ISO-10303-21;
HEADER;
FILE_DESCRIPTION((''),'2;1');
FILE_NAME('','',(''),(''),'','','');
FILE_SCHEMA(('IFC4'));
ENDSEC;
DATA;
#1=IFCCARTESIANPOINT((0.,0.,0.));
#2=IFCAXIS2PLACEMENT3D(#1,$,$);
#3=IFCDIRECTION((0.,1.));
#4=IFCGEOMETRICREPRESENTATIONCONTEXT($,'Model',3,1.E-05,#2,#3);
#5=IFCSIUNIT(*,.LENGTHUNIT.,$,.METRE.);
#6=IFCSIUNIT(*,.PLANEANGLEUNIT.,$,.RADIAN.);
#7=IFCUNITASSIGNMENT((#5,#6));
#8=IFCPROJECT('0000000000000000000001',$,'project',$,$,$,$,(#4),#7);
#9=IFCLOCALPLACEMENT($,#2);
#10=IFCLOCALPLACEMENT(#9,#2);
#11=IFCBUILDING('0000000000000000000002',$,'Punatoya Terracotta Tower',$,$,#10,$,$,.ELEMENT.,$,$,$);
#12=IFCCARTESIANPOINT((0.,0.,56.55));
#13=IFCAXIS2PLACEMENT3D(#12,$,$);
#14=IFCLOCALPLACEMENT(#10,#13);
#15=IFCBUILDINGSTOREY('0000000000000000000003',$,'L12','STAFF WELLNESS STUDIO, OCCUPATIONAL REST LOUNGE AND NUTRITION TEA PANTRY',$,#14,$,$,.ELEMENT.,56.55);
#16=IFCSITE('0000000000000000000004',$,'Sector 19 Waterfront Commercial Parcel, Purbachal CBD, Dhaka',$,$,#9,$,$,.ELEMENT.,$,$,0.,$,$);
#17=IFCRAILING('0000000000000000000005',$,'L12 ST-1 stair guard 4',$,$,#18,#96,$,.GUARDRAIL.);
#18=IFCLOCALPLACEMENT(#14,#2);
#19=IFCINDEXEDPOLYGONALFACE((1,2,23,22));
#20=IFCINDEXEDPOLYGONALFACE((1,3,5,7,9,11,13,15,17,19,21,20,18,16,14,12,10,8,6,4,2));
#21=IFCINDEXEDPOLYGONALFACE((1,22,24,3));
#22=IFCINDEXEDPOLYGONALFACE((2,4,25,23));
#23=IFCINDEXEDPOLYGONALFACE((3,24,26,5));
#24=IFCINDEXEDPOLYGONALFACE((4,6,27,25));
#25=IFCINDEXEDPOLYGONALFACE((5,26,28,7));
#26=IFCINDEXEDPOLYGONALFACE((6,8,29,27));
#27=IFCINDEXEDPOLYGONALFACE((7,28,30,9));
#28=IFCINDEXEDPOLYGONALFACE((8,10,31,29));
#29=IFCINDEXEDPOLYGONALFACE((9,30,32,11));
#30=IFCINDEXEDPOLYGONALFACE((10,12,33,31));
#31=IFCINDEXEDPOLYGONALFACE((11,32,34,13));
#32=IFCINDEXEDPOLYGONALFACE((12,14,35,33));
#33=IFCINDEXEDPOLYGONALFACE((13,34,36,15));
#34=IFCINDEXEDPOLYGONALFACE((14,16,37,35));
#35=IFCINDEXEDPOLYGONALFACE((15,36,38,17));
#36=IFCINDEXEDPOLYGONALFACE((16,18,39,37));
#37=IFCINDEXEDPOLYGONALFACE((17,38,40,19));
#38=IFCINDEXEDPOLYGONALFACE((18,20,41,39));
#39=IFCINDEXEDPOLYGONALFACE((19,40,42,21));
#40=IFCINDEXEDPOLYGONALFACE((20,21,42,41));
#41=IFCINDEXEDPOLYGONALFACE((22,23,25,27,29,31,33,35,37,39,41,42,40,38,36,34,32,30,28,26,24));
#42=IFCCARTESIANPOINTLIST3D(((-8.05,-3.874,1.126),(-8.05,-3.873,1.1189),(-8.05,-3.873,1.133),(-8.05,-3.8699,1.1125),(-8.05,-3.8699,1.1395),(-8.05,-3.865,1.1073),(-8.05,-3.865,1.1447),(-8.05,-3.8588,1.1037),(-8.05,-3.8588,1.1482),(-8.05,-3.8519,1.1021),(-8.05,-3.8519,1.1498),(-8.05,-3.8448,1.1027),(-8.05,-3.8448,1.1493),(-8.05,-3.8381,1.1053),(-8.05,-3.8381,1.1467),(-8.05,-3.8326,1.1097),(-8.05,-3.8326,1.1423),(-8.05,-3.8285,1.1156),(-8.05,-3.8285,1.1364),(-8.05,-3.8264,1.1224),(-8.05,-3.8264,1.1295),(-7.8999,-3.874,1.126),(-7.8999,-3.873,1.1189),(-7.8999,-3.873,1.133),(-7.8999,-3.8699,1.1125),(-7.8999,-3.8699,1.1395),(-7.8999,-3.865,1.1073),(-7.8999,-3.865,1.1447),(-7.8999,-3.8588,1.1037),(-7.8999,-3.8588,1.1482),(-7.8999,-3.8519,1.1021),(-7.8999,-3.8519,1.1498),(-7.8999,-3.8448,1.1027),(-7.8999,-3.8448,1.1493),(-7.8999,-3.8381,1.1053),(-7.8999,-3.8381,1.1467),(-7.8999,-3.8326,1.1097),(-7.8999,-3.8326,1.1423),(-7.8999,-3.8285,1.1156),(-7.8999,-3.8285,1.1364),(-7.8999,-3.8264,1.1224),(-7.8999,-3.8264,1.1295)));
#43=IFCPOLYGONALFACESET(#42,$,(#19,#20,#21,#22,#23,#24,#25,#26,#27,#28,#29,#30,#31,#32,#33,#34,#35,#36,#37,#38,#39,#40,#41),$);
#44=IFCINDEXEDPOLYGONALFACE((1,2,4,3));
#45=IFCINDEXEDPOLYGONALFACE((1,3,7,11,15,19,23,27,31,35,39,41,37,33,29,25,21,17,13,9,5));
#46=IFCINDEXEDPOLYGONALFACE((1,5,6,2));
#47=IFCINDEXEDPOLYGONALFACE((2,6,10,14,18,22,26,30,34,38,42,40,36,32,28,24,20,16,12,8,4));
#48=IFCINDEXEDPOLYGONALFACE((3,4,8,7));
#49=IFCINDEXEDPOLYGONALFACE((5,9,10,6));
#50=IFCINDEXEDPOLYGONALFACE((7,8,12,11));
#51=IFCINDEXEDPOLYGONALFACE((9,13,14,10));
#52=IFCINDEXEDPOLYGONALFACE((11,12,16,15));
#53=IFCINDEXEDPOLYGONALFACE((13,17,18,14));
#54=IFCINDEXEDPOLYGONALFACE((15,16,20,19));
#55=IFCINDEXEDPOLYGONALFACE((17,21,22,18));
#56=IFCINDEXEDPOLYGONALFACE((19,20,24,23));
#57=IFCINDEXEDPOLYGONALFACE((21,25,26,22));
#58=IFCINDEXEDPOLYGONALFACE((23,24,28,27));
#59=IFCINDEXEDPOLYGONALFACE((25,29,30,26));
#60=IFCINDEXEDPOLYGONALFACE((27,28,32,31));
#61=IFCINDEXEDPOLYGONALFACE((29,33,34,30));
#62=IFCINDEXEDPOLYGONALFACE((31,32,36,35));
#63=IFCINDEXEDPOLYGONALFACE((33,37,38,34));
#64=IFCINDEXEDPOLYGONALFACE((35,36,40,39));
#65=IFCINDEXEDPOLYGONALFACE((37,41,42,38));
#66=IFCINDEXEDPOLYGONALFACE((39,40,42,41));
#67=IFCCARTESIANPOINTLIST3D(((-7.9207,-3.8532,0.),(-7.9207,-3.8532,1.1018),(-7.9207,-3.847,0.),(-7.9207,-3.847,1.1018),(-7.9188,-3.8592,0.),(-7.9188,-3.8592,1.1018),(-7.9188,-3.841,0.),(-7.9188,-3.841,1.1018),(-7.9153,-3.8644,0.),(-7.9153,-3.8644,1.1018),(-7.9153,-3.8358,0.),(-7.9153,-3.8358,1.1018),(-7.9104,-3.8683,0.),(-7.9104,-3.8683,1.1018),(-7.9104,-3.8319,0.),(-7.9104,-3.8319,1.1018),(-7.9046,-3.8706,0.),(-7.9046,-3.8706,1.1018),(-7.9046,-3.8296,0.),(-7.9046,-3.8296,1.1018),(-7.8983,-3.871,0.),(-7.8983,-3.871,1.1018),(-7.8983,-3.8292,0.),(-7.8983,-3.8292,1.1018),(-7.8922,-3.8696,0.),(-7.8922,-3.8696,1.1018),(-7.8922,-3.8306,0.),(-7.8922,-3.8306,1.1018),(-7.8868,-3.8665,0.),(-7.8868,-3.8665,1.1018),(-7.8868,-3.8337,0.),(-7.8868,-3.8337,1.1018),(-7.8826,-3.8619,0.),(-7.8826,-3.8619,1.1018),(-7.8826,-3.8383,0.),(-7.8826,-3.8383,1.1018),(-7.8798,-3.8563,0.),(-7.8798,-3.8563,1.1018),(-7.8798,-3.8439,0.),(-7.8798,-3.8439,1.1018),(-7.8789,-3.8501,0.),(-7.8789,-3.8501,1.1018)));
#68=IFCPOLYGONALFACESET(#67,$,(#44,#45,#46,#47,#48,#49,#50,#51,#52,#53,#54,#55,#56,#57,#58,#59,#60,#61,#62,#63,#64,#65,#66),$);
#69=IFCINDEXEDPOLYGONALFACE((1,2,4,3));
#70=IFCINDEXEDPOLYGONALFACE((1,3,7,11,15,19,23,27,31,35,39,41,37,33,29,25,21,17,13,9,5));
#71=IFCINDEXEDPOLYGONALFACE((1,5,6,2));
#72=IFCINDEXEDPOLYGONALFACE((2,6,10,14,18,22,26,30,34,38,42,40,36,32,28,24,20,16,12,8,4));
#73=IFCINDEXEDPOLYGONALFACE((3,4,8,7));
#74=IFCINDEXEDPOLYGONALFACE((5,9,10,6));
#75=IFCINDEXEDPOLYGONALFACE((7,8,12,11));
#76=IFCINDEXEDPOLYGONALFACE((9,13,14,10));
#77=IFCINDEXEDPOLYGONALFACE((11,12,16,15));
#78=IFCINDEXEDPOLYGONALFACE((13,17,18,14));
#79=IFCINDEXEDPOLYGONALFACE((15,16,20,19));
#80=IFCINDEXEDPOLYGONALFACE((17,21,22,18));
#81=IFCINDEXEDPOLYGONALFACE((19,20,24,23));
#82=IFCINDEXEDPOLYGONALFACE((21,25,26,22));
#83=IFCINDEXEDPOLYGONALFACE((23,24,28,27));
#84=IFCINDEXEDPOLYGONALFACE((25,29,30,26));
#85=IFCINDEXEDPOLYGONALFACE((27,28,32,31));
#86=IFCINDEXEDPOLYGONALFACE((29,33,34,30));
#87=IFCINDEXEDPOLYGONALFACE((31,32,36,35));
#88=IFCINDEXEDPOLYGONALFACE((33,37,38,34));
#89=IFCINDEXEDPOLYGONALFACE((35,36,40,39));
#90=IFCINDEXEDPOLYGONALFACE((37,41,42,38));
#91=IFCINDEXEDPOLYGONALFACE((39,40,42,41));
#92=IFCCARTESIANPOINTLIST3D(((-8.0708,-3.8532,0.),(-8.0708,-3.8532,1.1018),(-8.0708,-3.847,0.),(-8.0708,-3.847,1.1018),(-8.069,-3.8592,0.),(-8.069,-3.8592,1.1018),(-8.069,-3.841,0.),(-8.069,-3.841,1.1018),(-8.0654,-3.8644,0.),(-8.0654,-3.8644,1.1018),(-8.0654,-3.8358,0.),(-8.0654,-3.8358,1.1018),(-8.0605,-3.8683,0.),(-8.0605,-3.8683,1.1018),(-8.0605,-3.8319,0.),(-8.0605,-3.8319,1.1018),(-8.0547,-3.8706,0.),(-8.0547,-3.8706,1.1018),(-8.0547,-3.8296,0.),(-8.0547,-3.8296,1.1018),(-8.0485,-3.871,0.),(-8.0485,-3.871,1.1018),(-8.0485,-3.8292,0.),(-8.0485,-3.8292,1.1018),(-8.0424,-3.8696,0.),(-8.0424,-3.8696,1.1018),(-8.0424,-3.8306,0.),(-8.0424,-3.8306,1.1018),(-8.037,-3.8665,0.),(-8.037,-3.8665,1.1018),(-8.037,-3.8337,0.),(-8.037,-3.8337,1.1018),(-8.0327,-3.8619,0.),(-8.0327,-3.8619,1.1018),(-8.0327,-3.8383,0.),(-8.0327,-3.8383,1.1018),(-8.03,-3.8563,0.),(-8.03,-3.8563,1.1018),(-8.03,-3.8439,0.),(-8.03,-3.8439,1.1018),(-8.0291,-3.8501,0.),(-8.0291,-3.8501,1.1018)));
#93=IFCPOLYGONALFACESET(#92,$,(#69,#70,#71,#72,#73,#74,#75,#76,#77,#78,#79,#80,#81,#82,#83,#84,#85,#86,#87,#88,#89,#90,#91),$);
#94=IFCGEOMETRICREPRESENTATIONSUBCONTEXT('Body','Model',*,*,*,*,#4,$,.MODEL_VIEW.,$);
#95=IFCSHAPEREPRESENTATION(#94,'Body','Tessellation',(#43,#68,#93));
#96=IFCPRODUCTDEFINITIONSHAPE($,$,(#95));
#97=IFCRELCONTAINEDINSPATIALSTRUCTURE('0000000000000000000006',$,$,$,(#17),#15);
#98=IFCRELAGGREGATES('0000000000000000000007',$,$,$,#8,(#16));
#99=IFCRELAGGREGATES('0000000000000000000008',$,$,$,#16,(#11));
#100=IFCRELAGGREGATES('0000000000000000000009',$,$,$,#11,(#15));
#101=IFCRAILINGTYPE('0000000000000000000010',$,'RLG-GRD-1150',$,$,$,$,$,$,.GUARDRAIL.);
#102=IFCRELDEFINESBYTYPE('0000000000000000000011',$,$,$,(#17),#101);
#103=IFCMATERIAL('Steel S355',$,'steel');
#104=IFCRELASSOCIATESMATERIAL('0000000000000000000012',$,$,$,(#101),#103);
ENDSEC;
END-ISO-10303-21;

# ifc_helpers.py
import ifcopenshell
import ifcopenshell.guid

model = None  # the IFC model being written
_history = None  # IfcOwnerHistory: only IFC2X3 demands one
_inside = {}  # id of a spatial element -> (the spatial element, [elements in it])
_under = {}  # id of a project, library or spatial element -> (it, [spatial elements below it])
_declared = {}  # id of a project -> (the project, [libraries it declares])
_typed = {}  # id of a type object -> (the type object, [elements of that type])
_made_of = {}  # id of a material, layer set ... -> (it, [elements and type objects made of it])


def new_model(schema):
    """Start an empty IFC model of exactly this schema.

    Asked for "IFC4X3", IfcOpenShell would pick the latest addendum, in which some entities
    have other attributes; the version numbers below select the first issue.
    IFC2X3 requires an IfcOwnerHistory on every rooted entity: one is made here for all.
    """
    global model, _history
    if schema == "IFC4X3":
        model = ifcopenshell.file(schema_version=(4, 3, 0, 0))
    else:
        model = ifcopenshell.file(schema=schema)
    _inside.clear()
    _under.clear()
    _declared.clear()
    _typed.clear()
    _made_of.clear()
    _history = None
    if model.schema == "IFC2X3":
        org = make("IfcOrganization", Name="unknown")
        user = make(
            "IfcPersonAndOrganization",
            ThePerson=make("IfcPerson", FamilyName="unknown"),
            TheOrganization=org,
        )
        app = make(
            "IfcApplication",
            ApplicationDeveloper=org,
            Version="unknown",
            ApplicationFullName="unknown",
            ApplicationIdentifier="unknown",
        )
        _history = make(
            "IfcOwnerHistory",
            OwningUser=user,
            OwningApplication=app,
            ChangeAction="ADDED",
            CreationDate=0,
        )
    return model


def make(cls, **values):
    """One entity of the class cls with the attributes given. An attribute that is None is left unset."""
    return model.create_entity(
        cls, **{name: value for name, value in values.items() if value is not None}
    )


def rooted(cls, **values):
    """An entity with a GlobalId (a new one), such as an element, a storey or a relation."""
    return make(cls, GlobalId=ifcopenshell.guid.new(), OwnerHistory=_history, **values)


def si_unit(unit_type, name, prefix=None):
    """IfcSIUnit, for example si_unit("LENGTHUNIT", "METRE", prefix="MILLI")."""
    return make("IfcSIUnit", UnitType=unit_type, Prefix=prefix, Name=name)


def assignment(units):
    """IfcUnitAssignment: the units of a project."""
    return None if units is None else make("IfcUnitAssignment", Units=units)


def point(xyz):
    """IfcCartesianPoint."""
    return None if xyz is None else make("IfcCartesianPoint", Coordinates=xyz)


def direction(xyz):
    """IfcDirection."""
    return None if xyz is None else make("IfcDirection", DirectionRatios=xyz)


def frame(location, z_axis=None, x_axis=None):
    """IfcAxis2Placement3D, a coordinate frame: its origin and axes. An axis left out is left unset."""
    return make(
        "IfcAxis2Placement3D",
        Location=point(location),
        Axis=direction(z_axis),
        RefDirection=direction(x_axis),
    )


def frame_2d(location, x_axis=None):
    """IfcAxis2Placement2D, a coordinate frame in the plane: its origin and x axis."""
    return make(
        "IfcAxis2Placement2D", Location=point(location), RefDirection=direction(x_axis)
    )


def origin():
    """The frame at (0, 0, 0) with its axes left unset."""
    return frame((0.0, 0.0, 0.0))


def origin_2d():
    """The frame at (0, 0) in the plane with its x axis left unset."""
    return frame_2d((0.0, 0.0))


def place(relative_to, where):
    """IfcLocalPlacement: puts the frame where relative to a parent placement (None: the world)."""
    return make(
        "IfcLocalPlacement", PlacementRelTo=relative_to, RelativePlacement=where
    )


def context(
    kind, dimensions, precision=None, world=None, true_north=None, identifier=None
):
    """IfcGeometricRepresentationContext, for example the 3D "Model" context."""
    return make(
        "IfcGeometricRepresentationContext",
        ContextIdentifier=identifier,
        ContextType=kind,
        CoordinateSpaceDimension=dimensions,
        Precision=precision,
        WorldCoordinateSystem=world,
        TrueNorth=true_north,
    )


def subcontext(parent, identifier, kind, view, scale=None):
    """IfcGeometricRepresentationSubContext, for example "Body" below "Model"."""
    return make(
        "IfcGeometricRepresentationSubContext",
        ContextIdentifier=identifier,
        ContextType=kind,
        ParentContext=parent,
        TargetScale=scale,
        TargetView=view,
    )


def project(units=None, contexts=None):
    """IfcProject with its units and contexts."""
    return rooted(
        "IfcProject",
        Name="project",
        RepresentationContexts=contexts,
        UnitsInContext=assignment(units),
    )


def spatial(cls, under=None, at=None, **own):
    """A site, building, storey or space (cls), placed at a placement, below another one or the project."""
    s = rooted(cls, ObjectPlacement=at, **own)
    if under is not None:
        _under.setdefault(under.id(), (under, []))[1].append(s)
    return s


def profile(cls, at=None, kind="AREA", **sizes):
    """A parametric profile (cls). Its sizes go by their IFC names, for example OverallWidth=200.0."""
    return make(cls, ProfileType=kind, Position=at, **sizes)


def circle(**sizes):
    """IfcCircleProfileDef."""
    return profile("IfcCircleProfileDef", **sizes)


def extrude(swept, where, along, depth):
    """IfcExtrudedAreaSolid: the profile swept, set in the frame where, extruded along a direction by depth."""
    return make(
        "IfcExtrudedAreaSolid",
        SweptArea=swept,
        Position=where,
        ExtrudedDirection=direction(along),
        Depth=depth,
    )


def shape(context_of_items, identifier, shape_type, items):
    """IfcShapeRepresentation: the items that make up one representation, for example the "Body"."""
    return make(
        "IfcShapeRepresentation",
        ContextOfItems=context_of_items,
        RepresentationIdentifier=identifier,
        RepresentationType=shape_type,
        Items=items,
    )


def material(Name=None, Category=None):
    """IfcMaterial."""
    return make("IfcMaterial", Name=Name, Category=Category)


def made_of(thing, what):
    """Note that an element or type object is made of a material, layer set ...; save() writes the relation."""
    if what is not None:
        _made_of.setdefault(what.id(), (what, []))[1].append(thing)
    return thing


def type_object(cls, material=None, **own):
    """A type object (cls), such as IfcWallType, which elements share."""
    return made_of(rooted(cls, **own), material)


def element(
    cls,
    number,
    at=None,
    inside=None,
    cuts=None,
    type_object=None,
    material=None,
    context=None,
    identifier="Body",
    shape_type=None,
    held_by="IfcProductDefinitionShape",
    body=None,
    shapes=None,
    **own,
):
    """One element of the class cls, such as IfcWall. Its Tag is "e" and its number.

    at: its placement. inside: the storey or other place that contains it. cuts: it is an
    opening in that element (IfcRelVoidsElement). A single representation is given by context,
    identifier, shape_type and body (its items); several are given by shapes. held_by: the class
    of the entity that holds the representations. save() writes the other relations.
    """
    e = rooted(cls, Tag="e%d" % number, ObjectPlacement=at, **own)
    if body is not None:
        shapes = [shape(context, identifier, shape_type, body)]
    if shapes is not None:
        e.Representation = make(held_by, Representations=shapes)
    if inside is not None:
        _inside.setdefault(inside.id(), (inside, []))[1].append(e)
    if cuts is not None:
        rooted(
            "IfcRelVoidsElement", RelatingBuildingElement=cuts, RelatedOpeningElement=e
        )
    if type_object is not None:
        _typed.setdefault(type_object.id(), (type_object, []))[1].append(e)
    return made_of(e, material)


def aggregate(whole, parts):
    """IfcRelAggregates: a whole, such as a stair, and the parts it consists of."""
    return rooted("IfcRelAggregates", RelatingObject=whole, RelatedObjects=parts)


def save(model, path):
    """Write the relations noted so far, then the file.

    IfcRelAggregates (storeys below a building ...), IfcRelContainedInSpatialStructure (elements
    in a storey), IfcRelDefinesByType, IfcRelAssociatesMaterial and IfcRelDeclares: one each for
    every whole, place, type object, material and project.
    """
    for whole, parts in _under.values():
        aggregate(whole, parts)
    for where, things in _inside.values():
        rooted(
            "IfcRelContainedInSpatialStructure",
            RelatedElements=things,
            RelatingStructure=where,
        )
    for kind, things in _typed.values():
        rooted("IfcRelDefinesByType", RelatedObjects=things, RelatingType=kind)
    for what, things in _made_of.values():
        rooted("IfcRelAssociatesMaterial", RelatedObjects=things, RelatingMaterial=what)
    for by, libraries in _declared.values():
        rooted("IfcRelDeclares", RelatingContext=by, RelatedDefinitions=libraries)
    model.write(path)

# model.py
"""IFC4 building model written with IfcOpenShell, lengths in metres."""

from ifc_helpers import new_model, si_unit, direction, frame, origin, origin_2d, place, context, subcontext, project, spatial, circle, extrude, material, type_object, element, save


model = new_model("IFC4")

# Units and contexts
model_context = context("Model", 3, precision=1e-05, world=origin(), true_north=direction((0.0, 1.0)))
body_context = subcontext(model_context, "Body", "Model", "MODEL_VIEW")
ifc_project = project(units=[si_unit("LENGTHUNIT", "METRE"), si_unit("PLANEANGLEUNIT", "RADIAN")], contexts=[model_context])

# Site, building, storey
site_placement = place(None, origin())
site = spatial("IfcSite", under=ifc_project, at=site_placement, Name="Sector 19 Waterfront Commercial Parcel, Purbachal CBD, Dhaka", CompositionType="ELEMENT", RefElevation=0.0)
building_placement = place(site_placement, origin())
building = spatial("IfcBuilding", under=site, at=building_placement, Name="Punatoya Terracotta Tower", CompositionType="ELEMENT")
storey_placement = place(building_placement, frame((0.0, 0.0, 56.55)))
storey = spatial("IfcBuildingStorey", under=building, at=storey_placement, Name="L12", Description="STAFF WELLNESS STUDIO, OCCUPATIONAL REST LOUNGE AND NUTRITION TEA PANTRY", CompositionType="ELEMENT", Elevation=56.55)

# Shared definitions
ifc_material_1 = material(Name="Steel S355", Category="steel")

# Railing
railing_type_1 = type_object("IfcRailingType", Name="RLG-GRD-1150", PredefinedType="GUARDRAIL", material=ifc_material_1)
railing_1_placement = place(storey_placement, frame((-7.8999, -3.8501, 0.0)))
element("IfcRailing", 1, at=railing_1_placement, inside=storey, type_object=railing_type_1, Name="L12 ST-1 stair guard 4", PredefinedType="GUARDRAIL", context=body_context, shape_type="SweptSolid", body=[
    extrude(circle(Radius=0.0239, at=origin_2d()), frame((0.0, 0.0, 1.126), z_axis=(-1.0, 0.0, 0.0), x_axis=(0.0, -1.0, 0.0)), (0.0, 0.0, 1.0), 0.1501),
    extrude(circle(Radius=0.021, at=origin_2d()), origin(), (0.0, 0.0, 1.0), 1.1018),
    extrude(circle(Radius=0.021, at=origin_2d()), frame((-0.1501, 0.0, 0.0)), (0.0, 0.0, 1.0), 1.1018),
])

save(model, "model.ifc")
